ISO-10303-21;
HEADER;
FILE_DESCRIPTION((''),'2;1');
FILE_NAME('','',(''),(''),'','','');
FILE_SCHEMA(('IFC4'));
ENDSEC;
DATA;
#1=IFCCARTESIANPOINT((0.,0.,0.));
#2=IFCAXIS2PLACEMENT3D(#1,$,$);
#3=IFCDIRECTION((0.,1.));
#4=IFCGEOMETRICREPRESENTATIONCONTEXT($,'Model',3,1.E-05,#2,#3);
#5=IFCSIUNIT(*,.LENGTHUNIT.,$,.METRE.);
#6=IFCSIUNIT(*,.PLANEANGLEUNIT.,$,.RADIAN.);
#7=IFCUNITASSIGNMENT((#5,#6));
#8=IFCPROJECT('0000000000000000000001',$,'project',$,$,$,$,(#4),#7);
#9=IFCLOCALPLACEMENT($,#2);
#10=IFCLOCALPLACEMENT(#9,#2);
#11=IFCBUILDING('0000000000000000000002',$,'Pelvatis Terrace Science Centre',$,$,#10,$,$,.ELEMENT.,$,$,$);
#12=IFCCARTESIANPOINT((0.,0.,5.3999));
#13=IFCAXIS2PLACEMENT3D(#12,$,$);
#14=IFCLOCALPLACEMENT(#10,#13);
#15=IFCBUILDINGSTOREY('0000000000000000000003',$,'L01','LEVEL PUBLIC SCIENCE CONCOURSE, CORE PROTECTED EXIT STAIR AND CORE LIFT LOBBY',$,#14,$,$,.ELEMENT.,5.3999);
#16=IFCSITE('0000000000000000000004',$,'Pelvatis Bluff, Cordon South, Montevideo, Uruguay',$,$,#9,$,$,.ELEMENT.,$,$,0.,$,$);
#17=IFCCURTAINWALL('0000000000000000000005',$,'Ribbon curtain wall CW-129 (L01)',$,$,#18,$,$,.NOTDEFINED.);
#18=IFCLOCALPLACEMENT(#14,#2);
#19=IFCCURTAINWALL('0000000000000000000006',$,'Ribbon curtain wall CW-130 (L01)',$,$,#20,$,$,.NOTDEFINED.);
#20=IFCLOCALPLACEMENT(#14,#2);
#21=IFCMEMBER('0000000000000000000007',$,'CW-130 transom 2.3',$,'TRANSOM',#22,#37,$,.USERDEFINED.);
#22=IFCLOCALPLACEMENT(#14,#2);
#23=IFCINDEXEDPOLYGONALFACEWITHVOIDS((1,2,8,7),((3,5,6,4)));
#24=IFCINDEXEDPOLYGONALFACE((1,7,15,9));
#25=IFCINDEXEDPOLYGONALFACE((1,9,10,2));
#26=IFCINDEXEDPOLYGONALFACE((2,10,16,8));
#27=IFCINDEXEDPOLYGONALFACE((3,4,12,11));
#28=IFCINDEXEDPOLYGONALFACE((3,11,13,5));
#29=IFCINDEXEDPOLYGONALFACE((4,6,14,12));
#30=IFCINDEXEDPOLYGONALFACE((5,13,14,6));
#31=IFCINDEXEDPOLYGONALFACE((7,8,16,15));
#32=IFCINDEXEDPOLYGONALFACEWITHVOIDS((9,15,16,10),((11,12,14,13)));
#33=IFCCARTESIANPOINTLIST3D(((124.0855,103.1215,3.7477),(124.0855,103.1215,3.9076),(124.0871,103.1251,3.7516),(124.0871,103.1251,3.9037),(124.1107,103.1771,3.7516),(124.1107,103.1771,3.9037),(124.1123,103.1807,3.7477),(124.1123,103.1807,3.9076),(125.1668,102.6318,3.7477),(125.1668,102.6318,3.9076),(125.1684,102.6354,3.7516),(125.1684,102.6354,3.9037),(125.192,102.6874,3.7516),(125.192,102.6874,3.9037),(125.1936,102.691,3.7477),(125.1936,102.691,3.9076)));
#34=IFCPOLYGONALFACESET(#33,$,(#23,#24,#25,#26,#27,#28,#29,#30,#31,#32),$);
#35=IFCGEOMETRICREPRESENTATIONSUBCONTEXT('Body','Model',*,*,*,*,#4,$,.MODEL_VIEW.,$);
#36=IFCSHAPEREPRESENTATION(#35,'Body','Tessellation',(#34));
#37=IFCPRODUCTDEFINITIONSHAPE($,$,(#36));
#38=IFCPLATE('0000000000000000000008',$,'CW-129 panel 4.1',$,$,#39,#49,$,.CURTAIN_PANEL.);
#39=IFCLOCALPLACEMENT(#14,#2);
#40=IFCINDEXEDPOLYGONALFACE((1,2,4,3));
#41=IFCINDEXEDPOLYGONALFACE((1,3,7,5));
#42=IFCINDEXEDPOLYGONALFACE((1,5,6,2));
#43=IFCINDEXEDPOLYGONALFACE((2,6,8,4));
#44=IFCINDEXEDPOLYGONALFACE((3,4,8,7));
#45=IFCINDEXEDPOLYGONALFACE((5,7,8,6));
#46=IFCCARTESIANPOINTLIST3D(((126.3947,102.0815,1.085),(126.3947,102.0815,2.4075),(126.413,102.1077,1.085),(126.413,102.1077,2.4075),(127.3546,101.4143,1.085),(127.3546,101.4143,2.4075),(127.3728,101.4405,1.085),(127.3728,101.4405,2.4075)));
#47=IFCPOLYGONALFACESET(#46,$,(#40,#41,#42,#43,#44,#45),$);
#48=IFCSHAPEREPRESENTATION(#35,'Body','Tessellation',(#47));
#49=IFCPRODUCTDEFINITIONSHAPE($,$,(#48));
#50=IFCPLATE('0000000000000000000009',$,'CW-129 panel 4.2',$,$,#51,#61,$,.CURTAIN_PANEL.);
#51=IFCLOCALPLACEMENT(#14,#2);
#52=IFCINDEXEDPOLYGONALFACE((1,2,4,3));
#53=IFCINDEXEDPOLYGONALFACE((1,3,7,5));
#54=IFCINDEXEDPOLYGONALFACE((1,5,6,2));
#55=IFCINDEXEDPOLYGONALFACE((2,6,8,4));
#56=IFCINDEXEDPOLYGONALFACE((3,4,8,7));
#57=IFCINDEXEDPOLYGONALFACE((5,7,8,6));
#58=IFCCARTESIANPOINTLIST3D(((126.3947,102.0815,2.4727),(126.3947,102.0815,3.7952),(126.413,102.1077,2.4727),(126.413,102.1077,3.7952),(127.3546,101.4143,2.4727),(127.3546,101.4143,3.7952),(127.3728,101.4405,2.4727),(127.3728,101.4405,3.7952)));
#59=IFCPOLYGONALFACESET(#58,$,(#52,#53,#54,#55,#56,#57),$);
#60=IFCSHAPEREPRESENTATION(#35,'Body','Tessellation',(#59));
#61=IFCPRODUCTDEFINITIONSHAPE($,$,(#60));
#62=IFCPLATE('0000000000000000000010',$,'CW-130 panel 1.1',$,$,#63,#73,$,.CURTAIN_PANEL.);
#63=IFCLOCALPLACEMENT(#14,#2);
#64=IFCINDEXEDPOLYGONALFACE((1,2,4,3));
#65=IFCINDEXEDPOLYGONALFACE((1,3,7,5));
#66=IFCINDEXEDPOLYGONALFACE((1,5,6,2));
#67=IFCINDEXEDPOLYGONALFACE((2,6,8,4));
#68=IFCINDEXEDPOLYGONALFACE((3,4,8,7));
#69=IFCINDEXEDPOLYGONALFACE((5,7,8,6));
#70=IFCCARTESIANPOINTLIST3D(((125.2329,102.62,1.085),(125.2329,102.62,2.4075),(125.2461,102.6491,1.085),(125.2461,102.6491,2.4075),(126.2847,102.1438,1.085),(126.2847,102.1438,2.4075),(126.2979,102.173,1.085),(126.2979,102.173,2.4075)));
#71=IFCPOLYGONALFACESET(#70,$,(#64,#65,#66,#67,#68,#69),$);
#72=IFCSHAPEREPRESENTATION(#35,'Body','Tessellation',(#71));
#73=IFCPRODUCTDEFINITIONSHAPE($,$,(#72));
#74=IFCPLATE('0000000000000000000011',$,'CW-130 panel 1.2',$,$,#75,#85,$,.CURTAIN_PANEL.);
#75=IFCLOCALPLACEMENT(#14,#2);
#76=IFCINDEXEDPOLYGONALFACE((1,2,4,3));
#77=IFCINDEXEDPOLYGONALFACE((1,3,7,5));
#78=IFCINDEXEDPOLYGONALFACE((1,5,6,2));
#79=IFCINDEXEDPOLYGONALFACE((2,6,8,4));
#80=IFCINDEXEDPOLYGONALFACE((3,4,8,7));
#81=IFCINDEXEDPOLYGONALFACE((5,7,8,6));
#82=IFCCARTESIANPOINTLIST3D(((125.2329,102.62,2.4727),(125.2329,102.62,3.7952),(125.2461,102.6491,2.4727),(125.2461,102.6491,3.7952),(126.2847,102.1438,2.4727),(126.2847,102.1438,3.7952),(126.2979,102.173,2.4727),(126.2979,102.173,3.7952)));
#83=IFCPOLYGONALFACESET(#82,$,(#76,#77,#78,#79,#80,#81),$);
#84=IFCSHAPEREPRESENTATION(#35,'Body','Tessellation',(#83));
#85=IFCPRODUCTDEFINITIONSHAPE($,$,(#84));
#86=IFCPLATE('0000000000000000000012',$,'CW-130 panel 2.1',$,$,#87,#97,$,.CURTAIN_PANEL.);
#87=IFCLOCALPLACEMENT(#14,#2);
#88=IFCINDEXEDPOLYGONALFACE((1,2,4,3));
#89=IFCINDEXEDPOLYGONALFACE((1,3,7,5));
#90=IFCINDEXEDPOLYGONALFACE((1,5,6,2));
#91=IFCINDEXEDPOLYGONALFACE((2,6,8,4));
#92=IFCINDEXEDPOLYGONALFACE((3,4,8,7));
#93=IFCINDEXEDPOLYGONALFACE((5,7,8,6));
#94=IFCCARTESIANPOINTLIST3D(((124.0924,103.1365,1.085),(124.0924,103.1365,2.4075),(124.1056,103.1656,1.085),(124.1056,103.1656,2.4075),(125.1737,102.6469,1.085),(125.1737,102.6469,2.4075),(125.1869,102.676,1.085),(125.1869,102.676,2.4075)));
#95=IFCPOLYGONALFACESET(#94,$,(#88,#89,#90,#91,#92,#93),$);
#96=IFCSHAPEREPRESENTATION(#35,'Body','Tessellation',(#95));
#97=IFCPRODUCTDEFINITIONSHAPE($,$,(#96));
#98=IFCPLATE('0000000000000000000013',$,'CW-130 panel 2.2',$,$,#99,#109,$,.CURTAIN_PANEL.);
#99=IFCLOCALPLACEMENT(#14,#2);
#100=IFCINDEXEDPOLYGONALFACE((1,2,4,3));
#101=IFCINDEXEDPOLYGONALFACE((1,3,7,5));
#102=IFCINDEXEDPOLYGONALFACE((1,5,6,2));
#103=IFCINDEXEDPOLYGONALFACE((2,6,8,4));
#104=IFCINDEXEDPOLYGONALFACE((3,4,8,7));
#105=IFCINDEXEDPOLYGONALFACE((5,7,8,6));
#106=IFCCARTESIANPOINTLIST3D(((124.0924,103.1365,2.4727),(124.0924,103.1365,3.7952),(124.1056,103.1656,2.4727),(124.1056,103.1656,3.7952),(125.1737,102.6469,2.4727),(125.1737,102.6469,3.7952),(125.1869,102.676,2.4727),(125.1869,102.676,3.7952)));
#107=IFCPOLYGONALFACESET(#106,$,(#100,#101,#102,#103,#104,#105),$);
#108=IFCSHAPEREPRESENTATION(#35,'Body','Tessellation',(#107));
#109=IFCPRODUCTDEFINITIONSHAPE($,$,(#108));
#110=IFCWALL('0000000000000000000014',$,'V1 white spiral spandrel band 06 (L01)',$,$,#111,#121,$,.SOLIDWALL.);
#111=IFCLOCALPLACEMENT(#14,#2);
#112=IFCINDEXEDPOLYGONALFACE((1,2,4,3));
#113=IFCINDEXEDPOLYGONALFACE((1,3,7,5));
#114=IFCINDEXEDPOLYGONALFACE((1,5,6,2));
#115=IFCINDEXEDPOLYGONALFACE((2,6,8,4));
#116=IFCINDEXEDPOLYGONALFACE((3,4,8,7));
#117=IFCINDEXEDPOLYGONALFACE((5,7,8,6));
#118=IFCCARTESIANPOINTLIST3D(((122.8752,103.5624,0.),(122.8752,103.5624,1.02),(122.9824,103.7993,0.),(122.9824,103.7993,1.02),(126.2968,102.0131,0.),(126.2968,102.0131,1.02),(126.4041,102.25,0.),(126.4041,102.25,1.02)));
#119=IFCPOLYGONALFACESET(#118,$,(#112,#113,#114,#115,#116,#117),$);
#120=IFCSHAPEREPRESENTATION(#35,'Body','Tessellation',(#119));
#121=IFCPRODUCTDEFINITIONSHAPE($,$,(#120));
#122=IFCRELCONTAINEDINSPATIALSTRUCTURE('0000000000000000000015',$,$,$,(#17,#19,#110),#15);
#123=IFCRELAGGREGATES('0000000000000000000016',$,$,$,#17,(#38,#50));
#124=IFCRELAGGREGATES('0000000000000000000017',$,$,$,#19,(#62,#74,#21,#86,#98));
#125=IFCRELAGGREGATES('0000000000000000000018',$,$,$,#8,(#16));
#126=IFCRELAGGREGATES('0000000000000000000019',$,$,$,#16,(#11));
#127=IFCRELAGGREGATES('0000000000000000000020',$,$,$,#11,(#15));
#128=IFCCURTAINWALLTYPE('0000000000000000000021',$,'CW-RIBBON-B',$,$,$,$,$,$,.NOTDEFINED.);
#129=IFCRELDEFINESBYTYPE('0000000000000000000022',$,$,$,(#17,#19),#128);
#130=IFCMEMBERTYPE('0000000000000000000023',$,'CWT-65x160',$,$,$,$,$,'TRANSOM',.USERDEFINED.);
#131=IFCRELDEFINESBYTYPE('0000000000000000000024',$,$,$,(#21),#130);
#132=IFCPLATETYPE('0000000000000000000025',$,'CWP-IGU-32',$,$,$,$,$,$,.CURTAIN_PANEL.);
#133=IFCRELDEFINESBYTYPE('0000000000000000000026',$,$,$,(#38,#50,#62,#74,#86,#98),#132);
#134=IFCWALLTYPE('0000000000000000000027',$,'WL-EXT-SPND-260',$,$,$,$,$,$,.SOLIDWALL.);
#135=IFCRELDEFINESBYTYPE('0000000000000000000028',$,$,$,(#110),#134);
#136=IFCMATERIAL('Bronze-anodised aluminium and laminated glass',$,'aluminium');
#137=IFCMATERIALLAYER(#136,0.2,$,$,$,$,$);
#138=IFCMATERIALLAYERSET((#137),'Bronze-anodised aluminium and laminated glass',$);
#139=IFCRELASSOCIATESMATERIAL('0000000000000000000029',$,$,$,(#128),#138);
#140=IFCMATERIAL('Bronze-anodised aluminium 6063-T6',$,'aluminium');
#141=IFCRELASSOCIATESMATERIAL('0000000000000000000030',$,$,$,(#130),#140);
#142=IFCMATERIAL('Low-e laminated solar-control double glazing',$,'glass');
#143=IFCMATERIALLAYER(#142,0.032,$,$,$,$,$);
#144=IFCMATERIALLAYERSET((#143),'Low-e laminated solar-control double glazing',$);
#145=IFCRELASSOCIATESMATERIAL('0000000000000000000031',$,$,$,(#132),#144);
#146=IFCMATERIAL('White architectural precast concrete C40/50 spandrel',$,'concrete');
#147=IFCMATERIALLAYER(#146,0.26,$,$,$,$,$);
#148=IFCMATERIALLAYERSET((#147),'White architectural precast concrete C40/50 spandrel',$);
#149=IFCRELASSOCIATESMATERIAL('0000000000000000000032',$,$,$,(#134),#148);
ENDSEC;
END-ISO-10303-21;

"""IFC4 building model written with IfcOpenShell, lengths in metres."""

from ifc_helpers import new_model, si_unit, direction, frame, frame_2d, origin, origin_2d, place, context, subcontext, project, spatial, rectangle, hollow_rectangle, extrude, material, layer, layer_set, material_profile, profile_set, type_object, element, aggregate, save


model = new_model("IFC4")

# Units and contexts
model_context = context("Model", 3, precision=1e-05, world=origin(), true_north=direction((0.0, 1.0)))
body_context = subcontext(model_context, "Body", "Model", "MODEL_VIEW")
ifc_project = project(units=[si_unit("LENGTHUNIT", "METRE"), si_unit("PLANEANGLEUNIT", "RADIAN")], contexts=[model_context])

# Site, building, storey
site_placement = place(None, origin())
site = spatial("IfcSite", under=ifc_project, at=site_placement, Name="Pelvatis Bluff, Cordon South, Montevideo, Uruguay", CompositionType="ELEMENT", RefElevation=0.0)
building_placement = place(site_placement, origin())
building = spatial("IfcBuilding", under=site, at=building_placement, Name="Pelvatis Terrace Science Centre", CompositionType="ELEMENT")
storey_placement = place(building_placement, frame((0.0, 0.0, 5.3999)))
storey = spatial("IfcBuildingStorey", under=building, at=storey_placement, Name="L01", Description="LEVEL PUBLIC SCIENCE CONCOURSE, CORE PROTECTED EXIT STAIR AND CORE LIFT LOBBY", CompositionType="ELEMENT", Elevation=5.3999)

# Curtain wall
ifc_material_1 = material(Name="Bronze-anodised aluminium and laminated glass", Category="aluminium")
ifc_layer_1 = layer(ifc_material_1, 0.2)
ifc_layer_set_1 = layer_set([ifc_layer_1], Name="Bronze-anodised aluminium and laminated glass")
curtain_wall_type = type_object("IfcCurtainWallType", Name="CW-RIBBON-B", PredefinedType="NOTDEFINED", material=ifc_layer_set_1)
curtain_wall_1_placement = place(storey_placement, origin())
curtain_wall_1 = element("IfcCurtainWall", 1, at=curtain_wall_1_placement, inside=storey, type_object=curtain_wall_type, Name="Ribbon curtain wall CW-129 (L01)", PredefinedType="NOTDEFINED")

# Curtain wall
curtain_wall_2_placement = place(storey_placement, origin())
curtain_wall_2 = element("IfcCurtainWall", 2, at=curtain_wall_2_placement, inside=storey, type_object=curtain_wall_type, Name="Ribbon curtain wall CW-130 (L01)", PredefinedType="NOTDEFINED")

# Member
ifc_material_2 = material(Name="Bronze-anodised aluminium 6063-T6", Category="aluminium")
ifc_material_profile_1 = material_profile(ifc_material_2, hollow_rectangle(XDim=0.0649, YDim=0.1599, WallThickness=0.0039, at=origin_2d()), Name="ALU-TRN 65x160")
ifc_profile_set_1 = profile_set([ifc_material_profile_1], Name="Bronze-anodised aluminium 6063-T6")
member_type_1 = type_object("IfcMemberType", Name="CWT-65x160", ElementType="TRANSOM", PredefinedType="USERDEFINED", material=ifc_profile_set_1)
member_1_placement = place(storey_placement, frame((125.1802, 102.6614, 3.8276), z_axis=(-0.910922, 0.412578, 0.0), x_axis=(-0.412578, -0.910922, 0.0)))
member_1 = element("IfcMember", 3, at=member_1_placement, type_object=member_type_1, Name="CW-130 transom 2.3", ObjectType="TRANSOM", PredefinedType="USERDEFINED", context=body_context, shape_type="SweptSolid", body=[
    extrude(hollow_rectangle(XDim=0.0649, YDim=0.1599, WallThickness=0.0039, at=origin_2d()), origin(), (0.0, 0.0, 1.0), 1.187),
])

# Plates
ifc_material_3 = material(Name="Low-e laminated solar-control double glazing", Category="glass")
ifc_layer_2 = layer(ifc_material_3, 0.032)
ifc_layer_set_2 = layer_set([ifc_layer_2], Name="Low-e laminated solar-control double glazing")
plate_type = type_object("IfcPlateType", Name="CWP-IGU-32", PredefinedType="CURTAIN_PANEL", material=ifc_layer_set_2)
plate_1_placement = place(storey_placement, frame((126.8838, 101.761, 1.085), z_axis=(0.0, 0.0, 1.0), x_axis=(-0.821109, 0.570771, 0.0)))
plate_1 = element("IfcPlate", 4, at=plate_1_placement, type_object=plate_type, Name="CW-129 panel 4.1", PredefinedType="CURTAIN_PANEL", context=body_context, shape_type="SweptSolid", body=[
    extrude(rectangle(XDim=1.1689, YDim=0.032, at=origin_2d()), origin(), (0.0, 0.0, 1.0), 1.3225),
])
plate_2_placement = place(storey_placement, frame((126.8838, 101.761, 2.4727), z_axis=(0.0, 0.0, 1.0), x_axis=(-0.821109, 0.570771, 0.0)))
plate_2 = element("IfcPlate", 5, at=plate_2_placement, type_object=plate_type, Name="CW-129 panel 4.2", PredefinedType="CURTAIN_PANEL", context=body_context, shape_type="SweptSolid", body=[
    extrude(rectangle(XDim=1.1689, YDim=0.032, at=origin_2d()), origin(), (0.0, 0.0, 1.0), 1.3225),
])
aggregate(curtain_wall_1, [plate_1, plate_2])
plate_3_placement = place(storey_placement, frame((125.7654, 102.3965, 1.085), z_axis=(0.0, 0.0, 1.0), x_axis=(-0.910989, 0.41243, 0.0)))
plate_3 = element("IfcPlate", 6, at=plate_3_placement, type_object=plate_type, Name="CW-130 panel 1.1", PredefinedType="CURTAIN_PANEL", context=body_context, shape_type="SweptSolid", body=[
    extrude(rectangle(XDim=1.1545, YDim=0.032, at=origin_2d()), origin(), (0.0, 0.0, 1.0), 1.3225),
])
plate_4_placement = place(storey_placement, frame((125.7654, 102.3965, 2.4727), z_axis=(0.0, 0.0, 1.0), x_axis=(-0.910989, 0.41243, 0.0)))
plate_4 = element("IfcPlate", 7, at=plate_4_placement, type_object=plate_type, Name="CW-130 panel 1.2", PredefinedType="CURTAIN_PANEL", context=body_context, shape_type="SweptSolid", body=[
    extrude(rectangle(XDim=1.1545, YDim=0.032, at=origin_2d()), origin(), (0.0, 0.0, 1.0), 1.3225),
])
plate_5_placement = place(storey_placement, frame((124.6396, 102.9062, 1.085), z_axis=(0.0, 0.0, 1.0), x_axis=(-0.910989, 0.41243, 0.0)))
plate_5 = element("IfcPlate", 8, at=plate_5_placement, type_object=plate_type, Name="CW-130 panel 2.1", PredefinedType="CURTAIN_PANEL", context=body_context, shape_type="SweptSolid", body=[
    extrude(rectangle(XDim=1.187, YDim=0.032, at=origin_2d()), origin(), (0.0, 0.0, 1.0), 1.3225),
])
plate_6_placement = place(storey_placement, frame((124.6396, 102.9062, 2.4727), z_axis=(0.0, 0.0, 1.0), x_axis=(-0.910989, 0.41243, 0.0)))
plate_6 = element("IfcPlate", 9, at=plate_6_placement, type_object=plate_type, Name="CW-130 panel 2.2", PredefinedType="CURTAIN_PANEL", context=body_context, shape_type="SweptSolid", body=[
    extrude(rectangle(XDim=1.187, YDim=0.032, at=origin_2d()), origin(), (0.0, 0.0, 1.0), 1.3225),
])
aggregate(curtain_wall_2, [plate_3, plate_4, member_1, plate_5, plate_6])

# Wall
ifc_material_4 = material(Name="White architectural precast concrete C40/50 spandrel", Category="concrete")
ifc_layer_3 = layer(ifc_material_4, 0.26)
ifc_layer_set_3 = layer_set([ifc_layer_3], Name="White architectural precast concrete C40/50 spandrel")
wall_type = type_object("IfcWallType", Name="WL-EXT-SPND-260", PredefinedType="SOLIDWALL", material=ifc_layer_set_3)
wall_placement = place(storey_placement, frame((126.3503, 102.1316, 0.0), z_axis=(0.0, 0.0, 1.0), x_axis=(-0.910964, 0.412485, 0.0)))
element("IfcWall", 10, at=wall_placement, inside=storey, type_object=wall_type, Name="V1 white spiral spandrel band 06 (L01)", PredefinedType="SOLIDWALL", context=body_context, shape_type="SweptSolid", body=[
    extrude(rectangle(XDim=3.7561, YDim=0.26, at=frame_2d((1.8779, 0.0))), origin(), (0.0, 0.0, 1.0), 1.02),
])

save(model, "model.ifc")
